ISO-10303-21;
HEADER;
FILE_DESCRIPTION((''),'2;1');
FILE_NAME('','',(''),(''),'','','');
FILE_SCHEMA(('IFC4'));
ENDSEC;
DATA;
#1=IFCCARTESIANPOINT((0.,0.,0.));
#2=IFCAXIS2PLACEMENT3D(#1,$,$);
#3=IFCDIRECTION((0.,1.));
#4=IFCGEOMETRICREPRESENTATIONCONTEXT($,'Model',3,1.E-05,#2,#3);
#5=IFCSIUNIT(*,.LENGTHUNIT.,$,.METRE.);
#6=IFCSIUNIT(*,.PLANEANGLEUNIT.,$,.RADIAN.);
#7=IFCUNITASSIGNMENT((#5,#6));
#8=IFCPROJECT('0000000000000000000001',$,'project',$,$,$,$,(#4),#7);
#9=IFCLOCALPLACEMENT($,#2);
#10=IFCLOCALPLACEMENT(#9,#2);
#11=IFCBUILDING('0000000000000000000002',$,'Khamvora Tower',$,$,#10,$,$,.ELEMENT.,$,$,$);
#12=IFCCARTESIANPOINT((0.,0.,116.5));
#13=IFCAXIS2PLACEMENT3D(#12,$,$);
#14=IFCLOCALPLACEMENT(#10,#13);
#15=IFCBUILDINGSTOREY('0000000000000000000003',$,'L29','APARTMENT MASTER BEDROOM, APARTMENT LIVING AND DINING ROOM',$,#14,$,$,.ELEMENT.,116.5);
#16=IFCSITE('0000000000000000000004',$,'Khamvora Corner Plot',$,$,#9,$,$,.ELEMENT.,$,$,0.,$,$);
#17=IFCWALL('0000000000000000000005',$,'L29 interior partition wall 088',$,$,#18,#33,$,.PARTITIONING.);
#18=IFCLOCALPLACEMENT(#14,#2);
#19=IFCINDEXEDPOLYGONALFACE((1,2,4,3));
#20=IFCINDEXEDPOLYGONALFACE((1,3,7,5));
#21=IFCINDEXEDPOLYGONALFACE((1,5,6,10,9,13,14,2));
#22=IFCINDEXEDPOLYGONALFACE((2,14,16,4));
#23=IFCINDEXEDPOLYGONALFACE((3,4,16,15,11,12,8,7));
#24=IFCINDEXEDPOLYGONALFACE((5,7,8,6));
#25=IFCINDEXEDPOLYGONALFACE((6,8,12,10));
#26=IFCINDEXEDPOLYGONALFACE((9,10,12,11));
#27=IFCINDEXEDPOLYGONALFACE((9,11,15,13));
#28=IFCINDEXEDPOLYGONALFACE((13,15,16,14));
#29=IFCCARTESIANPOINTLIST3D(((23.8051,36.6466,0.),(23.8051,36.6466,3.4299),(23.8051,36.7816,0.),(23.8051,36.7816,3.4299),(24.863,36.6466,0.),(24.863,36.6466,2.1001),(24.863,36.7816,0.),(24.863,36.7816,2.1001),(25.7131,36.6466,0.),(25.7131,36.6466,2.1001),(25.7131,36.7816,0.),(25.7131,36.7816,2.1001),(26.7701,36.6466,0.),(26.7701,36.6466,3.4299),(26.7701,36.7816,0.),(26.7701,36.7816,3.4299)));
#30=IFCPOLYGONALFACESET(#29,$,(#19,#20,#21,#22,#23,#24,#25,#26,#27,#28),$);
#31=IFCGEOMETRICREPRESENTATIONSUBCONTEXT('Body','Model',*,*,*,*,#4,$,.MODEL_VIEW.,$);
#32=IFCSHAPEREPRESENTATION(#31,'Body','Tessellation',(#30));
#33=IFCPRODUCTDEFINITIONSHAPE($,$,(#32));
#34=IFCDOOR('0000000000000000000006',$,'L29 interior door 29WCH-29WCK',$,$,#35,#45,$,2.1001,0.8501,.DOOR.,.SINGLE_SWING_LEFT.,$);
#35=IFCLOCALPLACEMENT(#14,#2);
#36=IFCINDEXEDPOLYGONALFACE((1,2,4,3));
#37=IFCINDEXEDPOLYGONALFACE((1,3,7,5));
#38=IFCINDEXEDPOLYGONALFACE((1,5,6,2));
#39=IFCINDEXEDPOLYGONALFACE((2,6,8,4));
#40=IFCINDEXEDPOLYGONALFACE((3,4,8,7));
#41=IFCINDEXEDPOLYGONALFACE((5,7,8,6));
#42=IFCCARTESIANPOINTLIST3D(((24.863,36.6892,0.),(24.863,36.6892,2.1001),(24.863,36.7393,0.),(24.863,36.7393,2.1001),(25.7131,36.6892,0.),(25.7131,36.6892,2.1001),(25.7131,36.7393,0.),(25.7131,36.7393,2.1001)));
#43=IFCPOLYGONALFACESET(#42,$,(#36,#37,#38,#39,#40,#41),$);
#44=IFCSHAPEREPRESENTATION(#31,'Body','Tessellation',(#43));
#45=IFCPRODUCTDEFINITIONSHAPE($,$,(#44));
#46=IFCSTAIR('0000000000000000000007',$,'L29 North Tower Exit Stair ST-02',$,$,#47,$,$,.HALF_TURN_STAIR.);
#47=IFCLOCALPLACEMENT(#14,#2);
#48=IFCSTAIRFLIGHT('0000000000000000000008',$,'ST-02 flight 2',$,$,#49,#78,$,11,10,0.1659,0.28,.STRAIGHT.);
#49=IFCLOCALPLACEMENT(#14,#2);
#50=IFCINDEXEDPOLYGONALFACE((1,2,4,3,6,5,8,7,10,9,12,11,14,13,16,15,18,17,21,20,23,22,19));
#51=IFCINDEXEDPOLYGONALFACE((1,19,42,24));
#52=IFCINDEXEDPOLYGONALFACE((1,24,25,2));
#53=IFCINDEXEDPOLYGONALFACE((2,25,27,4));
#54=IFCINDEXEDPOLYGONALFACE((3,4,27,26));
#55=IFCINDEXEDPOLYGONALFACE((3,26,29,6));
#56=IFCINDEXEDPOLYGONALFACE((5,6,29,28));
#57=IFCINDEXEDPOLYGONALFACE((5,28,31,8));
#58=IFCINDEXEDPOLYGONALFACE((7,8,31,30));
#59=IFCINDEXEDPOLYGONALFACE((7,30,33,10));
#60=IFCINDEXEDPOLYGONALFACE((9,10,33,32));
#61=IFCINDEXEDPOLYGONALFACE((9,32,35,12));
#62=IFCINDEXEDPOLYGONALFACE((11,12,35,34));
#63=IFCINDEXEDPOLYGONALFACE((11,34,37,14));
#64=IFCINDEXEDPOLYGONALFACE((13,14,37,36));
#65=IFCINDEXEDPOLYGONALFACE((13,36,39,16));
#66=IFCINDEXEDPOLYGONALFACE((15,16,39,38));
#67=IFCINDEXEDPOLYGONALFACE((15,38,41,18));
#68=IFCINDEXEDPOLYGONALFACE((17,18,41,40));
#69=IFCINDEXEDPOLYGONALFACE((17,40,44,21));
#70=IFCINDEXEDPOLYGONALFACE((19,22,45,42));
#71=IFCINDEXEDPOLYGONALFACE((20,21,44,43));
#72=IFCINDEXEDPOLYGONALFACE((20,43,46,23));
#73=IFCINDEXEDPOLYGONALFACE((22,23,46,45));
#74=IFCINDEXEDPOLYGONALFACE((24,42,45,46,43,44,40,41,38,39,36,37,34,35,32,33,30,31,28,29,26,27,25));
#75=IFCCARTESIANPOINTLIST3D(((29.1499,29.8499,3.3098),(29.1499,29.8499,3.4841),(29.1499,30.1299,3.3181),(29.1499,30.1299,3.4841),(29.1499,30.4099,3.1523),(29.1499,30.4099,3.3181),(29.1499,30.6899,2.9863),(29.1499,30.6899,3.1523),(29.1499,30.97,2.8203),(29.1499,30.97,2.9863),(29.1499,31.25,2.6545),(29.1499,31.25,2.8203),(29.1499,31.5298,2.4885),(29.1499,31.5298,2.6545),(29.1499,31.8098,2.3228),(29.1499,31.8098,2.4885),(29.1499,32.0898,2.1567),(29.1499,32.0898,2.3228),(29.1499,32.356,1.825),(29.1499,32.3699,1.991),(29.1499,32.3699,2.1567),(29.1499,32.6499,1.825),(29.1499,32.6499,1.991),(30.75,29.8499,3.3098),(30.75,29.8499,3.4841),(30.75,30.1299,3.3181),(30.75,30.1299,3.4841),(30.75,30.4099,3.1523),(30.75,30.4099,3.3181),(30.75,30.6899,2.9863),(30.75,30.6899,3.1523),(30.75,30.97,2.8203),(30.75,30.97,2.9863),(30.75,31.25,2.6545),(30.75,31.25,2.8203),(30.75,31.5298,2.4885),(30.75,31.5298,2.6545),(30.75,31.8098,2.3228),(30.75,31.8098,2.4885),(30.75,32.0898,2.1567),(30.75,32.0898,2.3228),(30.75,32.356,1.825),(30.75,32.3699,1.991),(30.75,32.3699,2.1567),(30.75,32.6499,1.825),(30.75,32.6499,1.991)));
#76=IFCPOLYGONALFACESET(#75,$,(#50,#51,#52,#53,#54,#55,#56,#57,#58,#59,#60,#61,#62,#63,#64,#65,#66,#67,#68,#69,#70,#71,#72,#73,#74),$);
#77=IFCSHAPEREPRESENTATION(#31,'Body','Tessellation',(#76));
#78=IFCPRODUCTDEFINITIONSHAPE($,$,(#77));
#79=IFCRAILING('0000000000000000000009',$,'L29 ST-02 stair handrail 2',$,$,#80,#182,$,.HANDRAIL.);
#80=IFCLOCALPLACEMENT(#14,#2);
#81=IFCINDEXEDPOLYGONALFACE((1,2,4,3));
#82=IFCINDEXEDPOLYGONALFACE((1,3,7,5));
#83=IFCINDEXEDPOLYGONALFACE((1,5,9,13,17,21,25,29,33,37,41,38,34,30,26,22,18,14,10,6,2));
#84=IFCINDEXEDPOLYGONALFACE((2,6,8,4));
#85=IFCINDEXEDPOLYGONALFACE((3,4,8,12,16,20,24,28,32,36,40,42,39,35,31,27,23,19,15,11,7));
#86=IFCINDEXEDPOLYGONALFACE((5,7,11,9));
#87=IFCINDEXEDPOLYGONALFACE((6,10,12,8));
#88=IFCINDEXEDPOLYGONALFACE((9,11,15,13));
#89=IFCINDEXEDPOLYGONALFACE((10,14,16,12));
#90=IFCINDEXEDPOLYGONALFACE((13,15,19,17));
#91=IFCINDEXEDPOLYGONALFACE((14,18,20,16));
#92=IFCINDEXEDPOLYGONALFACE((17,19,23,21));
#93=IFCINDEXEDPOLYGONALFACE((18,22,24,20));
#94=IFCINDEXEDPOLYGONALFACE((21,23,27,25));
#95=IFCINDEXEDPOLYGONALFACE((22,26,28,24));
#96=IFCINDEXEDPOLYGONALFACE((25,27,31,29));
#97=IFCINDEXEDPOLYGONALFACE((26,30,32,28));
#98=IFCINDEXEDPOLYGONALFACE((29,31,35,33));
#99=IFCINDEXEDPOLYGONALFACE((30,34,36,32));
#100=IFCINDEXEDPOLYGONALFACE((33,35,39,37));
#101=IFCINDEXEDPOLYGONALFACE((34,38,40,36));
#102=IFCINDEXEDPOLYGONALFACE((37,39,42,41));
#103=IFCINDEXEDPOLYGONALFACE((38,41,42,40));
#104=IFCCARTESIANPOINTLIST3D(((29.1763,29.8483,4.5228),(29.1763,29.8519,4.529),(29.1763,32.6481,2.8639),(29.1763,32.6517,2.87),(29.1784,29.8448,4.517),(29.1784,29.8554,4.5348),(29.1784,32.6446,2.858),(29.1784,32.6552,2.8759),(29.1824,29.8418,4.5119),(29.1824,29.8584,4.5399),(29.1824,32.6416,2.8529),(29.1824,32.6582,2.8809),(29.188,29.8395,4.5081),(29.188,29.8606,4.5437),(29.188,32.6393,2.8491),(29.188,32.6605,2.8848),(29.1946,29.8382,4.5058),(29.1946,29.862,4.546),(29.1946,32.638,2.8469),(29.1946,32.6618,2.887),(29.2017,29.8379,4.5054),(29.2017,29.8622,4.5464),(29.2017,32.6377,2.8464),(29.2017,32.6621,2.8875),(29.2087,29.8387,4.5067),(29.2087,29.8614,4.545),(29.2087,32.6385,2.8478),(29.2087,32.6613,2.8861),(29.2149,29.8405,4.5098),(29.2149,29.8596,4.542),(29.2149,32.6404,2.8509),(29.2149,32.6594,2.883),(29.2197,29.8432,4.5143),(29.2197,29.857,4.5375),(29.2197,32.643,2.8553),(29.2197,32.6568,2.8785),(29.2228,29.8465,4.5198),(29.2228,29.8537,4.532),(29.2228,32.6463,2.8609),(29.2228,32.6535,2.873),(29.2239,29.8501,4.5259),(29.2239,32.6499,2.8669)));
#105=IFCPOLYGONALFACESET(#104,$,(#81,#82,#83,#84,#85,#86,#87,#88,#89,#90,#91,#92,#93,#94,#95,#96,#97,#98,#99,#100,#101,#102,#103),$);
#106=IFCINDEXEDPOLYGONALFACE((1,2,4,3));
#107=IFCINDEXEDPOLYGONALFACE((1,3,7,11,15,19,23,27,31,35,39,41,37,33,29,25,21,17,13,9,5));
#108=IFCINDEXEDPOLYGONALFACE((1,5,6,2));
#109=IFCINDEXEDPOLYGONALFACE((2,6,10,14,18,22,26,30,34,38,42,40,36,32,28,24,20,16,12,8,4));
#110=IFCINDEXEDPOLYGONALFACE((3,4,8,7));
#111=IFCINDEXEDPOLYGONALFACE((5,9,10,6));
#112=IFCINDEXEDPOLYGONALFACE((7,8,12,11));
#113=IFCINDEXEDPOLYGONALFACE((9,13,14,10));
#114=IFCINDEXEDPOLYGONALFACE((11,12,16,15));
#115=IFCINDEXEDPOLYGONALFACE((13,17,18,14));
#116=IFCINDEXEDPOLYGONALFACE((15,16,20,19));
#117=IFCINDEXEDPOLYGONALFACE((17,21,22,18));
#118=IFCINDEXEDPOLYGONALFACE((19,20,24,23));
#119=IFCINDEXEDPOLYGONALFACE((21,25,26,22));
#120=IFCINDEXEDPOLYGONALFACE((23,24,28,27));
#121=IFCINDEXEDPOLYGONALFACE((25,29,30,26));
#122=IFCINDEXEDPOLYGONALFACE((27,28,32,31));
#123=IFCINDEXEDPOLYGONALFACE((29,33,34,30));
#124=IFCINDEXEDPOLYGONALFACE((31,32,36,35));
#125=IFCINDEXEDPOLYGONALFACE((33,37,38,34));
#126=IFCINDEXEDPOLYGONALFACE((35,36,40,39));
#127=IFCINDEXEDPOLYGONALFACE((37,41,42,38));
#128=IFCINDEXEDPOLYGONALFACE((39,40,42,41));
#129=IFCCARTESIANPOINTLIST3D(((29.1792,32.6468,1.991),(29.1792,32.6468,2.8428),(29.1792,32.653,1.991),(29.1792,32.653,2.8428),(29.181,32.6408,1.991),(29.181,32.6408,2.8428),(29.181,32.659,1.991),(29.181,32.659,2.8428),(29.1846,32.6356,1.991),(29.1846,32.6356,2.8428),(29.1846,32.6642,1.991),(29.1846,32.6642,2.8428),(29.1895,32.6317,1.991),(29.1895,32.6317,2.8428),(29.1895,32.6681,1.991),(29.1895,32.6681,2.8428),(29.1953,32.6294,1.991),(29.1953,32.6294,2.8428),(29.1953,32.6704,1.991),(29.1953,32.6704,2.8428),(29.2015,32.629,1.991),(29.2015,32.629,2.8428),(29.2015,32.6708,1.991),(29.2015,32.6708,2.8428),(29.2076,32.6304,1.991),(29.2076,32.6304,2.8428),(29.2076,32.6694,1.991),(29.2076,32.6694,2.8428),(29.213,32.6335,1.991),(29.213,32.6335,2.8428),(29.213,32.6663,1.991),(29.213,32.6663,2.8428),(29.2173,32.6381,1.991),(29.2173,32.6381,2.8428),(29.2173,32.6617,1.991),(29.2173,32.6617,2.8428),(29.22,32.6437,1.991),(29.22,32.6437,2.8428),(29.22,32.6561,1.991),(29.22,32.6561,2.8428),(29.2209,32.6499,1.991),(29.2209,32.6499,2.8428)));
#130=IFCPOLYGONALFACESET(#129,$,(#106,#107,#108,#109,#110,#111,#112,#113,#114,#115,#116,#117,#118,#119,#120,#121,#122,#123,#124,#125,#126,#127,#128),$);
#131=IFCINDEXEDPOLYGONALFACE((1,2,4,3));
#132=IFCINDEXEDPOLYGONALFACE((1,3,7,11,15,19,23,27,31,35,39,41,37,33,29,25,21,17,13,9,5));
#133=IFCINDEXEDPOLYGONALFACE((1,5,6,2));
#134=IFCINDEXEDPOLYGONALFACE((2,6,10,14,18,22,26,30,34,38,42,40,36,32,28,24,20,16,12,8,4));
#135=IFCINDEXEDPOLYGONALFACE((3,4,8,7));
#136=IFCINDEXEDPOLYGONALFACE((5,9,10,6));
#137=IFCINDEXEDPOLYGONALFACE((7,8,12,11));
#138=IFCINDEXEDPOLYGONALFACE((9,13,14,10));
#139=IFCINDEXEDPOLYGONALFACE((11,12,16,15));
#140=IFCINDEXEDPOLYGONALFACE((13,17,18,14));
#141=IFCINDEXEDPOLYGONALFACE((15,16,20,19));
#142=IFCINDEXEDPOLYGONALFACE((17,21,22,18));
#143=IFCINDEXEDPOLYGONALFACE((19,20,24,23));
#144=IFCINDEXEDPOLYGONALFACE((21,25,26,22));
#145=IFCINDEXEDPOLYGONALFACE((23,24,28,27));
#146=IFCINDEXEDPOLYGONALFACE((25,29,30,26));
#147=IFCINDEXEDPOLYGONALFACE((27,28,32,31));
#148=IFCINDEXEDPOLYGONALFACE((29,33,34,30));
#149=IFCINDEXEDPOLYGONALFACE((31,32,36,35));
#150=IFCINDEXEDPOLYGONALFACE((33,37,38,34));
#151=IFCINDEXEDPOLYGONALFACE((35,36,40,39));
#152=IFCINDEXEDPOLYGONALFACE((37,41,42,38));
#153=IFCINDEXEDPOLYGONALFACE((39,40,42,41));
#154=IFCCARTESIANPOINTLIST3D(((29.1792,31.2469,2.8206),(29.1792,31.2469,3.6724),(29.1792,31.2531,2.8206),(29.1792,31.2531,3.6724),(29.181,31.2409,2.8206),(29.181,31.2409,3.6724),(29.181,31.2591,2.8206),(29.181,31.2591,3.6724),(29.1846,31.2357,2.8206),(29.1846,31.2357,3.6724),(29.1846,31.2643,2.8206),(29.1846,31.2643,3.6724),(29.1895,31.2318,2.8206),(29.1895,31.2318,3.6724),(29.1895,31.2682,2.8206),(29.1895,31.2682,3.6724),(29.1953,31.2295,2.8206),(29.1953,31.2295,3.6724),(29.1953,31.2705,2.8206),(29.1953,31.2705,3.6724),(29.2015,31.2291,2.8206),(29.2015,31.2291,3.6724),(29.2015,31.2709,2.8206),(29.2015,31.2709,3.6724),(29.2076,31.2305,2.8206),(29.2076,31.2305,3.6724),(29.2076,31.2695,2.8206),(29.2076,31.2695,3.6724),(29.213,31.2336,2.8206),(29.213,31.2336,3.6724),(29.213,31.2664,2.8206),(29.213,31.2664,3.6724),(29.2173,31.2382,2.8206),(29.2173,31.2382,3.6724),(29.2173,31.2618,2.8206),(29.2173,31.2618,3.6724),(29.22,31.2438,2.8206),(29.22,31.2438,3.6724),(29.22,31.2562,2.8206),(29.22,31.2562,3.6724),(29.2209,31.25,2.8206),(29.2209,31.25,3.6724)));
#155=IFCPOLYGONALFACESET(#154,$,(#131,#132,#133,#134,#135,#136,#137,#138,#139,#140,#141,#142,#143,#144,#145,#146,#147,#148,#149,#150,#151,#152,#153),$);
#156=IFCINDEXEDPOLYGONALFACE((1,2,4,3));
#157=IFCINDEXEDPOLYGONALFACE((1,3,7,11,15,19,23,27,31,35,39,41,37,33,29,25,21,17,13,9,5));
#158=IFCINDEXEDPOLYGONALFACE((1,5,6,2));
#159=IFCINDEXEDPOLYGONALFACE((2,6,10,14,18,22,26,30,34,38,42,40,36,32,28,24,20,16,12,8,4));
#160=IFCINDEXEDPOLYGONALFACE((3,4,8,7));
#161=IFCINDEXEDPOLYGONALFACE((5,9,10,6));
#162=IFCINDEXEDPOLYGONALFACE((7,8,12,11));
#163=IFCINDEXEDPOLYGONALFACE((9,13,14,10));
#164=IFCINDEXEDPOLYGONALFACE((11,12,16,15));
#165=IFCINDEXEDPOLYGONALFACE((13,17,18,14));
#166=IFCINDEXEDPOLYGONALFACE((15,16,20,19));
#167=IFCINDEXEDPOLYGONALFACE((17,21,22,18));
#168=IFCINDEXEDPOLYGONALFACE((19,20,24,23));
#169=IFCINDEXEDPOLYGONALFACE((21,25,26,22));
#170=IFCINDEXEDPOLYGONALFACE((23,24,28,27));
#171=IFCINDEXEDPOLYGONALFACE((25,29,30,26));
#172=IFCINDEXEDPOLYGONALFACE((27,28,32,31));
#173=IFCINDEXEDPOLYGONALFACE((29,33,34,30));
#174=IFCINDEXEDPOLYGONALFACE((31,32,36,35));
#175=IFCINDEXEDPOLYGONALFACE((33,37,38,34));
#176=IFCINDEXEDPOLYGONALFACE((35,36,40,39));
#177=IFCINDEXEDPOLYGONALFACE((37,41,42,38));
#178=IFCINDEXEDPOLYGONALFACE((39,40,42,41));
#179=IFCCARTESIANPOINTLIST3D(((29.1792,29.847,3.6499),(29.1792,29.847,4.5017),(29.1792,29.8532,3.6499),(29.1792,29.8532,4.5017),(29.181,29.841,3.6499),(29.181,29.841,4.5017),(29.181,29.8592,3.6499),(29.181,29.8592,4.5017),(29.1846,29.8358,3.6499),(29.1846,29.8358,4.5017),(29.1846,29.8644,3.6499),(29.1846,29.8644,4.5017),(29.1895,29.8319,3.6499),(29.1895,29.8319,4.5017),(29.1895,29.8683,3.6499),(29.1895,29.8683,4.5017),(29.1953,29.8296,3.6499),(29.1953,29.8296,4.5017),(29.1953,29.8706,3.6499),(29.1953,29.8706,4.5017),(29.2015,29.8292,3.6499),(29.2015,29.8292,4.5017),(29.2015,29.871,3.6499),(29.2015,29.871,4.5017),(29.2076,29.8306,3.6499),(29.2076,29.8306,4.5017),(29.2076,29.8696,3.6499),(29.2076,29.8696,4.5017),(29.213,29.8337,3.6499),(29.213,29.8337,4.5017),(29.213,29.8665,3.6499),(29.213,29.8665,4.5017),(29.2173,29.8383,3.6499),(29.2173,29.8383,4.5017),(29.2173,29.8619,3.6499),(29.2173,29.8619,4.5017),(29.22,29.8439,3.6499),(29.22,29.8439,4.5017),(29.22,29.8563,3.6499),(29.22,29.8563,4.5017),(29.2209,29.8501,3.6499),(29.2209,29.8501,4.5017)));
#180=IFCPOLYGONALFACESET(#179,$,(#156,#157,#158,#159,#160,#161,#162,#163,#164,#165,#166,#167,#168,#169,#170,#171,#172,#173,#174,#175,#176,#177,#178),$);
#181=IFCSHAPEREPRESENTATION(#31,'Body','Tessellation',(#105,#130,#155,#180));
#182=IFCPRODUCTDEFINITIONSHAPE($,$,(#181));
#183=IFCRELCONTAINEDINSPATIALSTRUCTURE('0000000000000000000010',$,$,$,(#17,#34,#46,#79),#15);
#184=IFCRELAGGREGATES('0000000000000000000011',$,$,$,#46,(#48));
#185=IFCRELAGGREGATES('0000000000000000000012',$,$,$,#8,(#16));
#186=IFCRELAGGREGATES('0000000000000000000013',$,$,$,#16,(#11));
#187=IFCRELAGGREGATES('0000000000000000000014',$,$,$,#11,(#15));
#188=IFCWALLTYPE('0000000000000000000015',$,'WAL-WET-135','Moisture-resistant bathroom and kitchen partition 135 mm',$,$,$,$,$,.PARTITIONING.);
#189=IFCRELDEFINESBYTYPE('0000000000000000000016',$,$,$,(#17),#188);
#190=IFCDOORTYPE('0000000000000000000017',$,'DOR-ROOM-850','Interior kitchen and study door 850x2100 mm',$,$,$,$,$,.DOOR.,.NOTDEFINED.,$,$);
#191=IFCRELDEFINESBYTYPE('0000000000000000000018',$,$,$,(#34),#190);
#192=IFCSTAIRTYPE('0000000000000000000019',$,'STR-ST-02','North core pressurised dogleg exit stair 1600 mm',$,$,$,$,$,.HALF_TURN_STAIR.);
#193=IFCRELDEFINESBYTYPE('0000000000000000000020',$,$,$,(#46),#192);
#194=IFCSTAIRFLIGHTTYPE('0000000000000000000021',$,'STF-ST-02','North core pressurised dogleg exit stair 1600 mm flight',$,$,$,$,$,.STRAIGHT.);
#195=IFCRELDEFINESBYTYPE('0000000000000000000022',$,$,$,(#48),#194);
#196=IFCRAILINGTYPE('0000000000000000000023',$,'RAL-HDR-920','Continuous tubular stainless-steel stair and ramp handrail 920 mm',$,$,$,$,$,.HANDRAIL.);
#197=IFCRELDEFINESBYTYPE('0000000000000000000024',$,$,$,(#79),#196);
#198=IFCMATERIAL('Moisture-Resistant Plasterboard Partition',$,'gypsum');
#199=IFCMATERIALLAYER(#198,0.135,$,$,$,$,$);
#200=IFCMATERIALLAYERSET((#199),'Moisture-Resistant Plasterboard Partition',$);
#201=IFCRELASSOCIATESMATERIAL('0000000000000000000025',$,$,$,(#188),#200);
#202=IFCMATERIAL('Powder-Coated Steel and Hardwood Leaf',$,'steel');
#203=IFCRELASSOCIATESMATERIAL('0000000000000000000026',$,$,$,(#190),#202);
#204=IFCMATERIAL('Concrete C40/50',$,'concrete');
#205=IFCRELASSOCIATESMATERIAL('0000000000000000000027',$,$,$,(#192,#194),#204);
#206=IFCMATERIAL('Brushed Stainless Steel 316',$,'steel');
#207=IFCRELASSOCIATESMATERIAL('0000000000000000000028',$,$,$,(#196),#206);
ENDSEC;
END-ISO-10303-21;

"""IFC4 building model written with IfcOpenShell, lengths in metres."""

from ifc_helpers import new_model, si_unit, direction, frame, frame_2d, origin, origin_2d, place, context, subcontext, project, spatial, polyline, rectangle, circle, outline, extrude, material, layer, layer_set, type_object, element, fill, aggregate, save


model = new_model("IFC4")

# Units and contexts
model_context = context("Model", 3, precision=1e-05, world=origin(), true_north=direction((0.0, 1.0)))
body_context = subcontext(model_context, "Body", "Model", "MODEL_VIEW")
ifc_project = project(units=[si_unit("LENGTHUNIT", "METRE"), si_unit("PLANEANGLEUNIT", "RADIAN")], contexts=[model_context])

# Site, building, storey
site_placement = place(None, origin())
site = spatial("IfcSite", under=ifc_project, at=site_placement, Name="Khamvora Corner Plot", CompositionType="ELEMENT", RefElevation=0.0)
building_placement = place(site_placement, origin())
building = spatial("IfcBuilding", under=site, at=building_placement, Name="Khamvora Tower", CompositionType="ELEMENT")
storey_placement = place(building_placement, frame((0.0, 0.0, 116.5)))
storey = spatial("IfcBuildingStorey", under=building, at=storey_placement, Name="L29", Description="APARTMENT MASTER BEDROOM, APARTMENT LIVING AND DINING ROOM", CompositionType="ELEMENT", Elevation=116.5)

# Wall, opening, door
ifc_material_1 = material(Name="Moisture-Resistant Plasterboard Partition", Category="gypsum")
ifc_layer_1 = layer(ifc_material_1, 0.135)
ifc_layer_set_1 = layer_set([ifc_layer_1], Name="Moisture-Resistant Plasterboard Partition")
wall_type_1 = type_object("IfcWallType", Name="WAL-WET-135", Description="Moisture-resistant bathroom and kitchen partition 135 mm", PredefinedType="PARTITIONING", material=ifc_layer_set_1)
wall_1_placement = place(storey_placement, frame((26.77, 36.7141, 0.0), z_axis=(0.0, 0.0, 1.0), x_axis=(-1.0, 0.0, 0.0)))
wall_1 = element("IfcWall", 1, at=wall_1_placement, inside=storey, type_object=wall_type_1, Name="L29 interior partition wall 088", PredefinedType="PARTITIONING", context=body_context, shape_type="SweptSolid", body=[
    extrude(rectangle(XDim=2.9651, YDim=0.135, at=frame_2d((1.4824, 0.0))), origin(), (0.0, 0.0, 1.0), 3.4299),
])
opening_placement = place(wall_1_placement, frame((1.0569, 0.0, 0.0)))
opening = element("IfcOpeningElement", 2, at=opening_placement, cuts=wall_1, PredefinedType="OPENING", context=body_context, shape_type="SweptSolid", body=[
    extrude(rectangle(XDim=0.8501, YDim=2.1001, at=frame_2d((0.425, 1.05))), frame((0.0, 0.0774, 0.0), z_axis=(0.0, -1.0, 0.0), x_axis=(1.0, 0.0, 0.0)), (0.0, 0.0, 1.0), 0.155),
])
ifc_material_2 = material(Name="Powder-Coated Steel and Hardwood Leaf", Category="steel")
door_type = type_object("IfcDoorType", Name="DOR-ROOM-850", Description="Interior kitchen and study door 850x2100 mm", OperationType="NOTDEFINED", PredefinedType="DOOR", material=ifc_material_2)
door_placement = place(opening_placement, origin())
door = element("IfcDoor", 3, at=door_placement, inside=storey, type_object=door_type, Name="L29 interior door 29WCH-29WCK", OperationType="SINGLE_SWING_LEFT", OverallHeight=2.1001, OverallWidth=0.8501, PredefinedType="DOOR", context=body_context, shape_type="SweptSolid", body=[
    extrude(rectangle(XDim=0.8501, YDim=2.1001, at=frame_2d((0.425, 1.05))), frame((0.0, 0.0249, 0.0), z_axis=(0.0, -1.0, 0.0), x_axis=(1.0, 0.0, 0.0)), (0.0, 0.0, 1.0), 0.05),
])
fill(opening, door)

# Stair, stair flight
ifc_material_3 = material(Name="Concrete C40/50", Category="concrete")
stair_type = type_object("IfcStairType", Name="STR-ST-02", Description="North core pressurised dogleg exit stair 1600 mm", PredefinedType="HALF_TURN_STAIR", material=ifc_material_3)
stair_placement = place(storey_placement, origin())
stair = element("IfcStair", 4, at=stair_placement, inside=storey, type_object=stair_type, Name="L29 North Tower Exit Stair ST-02", PredefinedType="HALF_TURN_STAIR")
stair_flight_type = type_object("IfcStairFlightType", Name="STF-ST-02", Description="North core pressurised dogleg exit stair 1600 mm flight", PredefinedType="STRAIGHT", material=ifc_material_3)
stair_flight_placement = place(storey_placement, frame((29.95, 32.6499, 1.825), z_axis=(0.0, 0.0, 1.0), x_axis=(0.0, -1.0, 0.0)))
stair_flight = element("IfcStairFlight", 5, at=stair_flight_placement, type_object=stair_flight_type, Name="ST-02 flight 2", NumberOfRisers=11, NumberOfTreads=10, PredefinedType="STRAIGHT", RiserHeight=0.1659, TreadLength=0.28, context=body_context, shape_type="SweptSolid", body=[
    extrude(outline(polyline([(0.0, 0.0), (0.0, 0.166), (0.28, 0.166), (0.28, 0.3318), (0.5601, 0.3318), (0.5601, 0.4978), (0.8401, 0.4978), (0.8401, 0.6636), (1.1201, 0.6636), (1.1201, 0.8296), (1.3999, 0.8296), (1.3999, 0.9954), (1.6799, 0.9954), (1.6799, 1.1614), (1.96, 1.1614), (1.96, 1.3274), (2.24, 1.3274), (2.24, 1.4932), (2.52, 1.4932), (2.52, 1.6592), (2.8, 1.6592), (2.8, 1.825), (2.8, 1.4849), (0.2939, 0.0), (0.0, 0.0)])), frame((0.0, 0.8, 0.0), z_axis=(0.0, -1.0, 0.0), x_axis=(1.0, 0.0, 0.0)), (0.0, 0.0, 1.0), 1.6001),
])
aggregate(stair, [stair_flight])

# Railing
ifc_material_4 = material(Name="Brushed Stainless Steel 316", Category="steel")
railing_type_1 = type_object("IfcRailingType", Name="RAL-HDR-920", Description="Continuous tubular stainless-steel stair and ramp handrail 920 mm", PredefinedType="HANDRAIL", material=ifc_material_4)
railing_1_placement = place(storey_placement, frame((29.2, 32.6499, 1.991)))
element("IfcRailing", 6, at=railing_1_placement, inside=storey, type_object=railing_type_1, Name="L29 ST-02 stair handrail 2", PredefinedType="HANDRAIL", context=body_context, shape_type="SweptSolid", body=[
    extrude(circle(Radius=0.0239, at=origin_2d()), frame((0.0, 0.0, 0.876), z_axis=(0.0, -0.86032, 0.509755), x_axis=(1.0, 0.0, 0.0)), (0.0, 0.0, 1.0), 3.2544),
    extrude(circle(Radius=0.021, at=origin_2d()), origin(), (0.0, 0.0, 1.0), 0.8518),
    extrude(circle(Radius=0.021, at=origin_2d()), frame((0.0, -1.3999, 0.8296)), (0.0, 0.0, 1.0), 0.8518),
    extrude(circle(Radius=0.021, at=origin_2d()), frame((0.0, -2.7998, 1.6589)), (0.0, 0.0, 1.0), 0.8518),
])

save(model, "model.ifc")
